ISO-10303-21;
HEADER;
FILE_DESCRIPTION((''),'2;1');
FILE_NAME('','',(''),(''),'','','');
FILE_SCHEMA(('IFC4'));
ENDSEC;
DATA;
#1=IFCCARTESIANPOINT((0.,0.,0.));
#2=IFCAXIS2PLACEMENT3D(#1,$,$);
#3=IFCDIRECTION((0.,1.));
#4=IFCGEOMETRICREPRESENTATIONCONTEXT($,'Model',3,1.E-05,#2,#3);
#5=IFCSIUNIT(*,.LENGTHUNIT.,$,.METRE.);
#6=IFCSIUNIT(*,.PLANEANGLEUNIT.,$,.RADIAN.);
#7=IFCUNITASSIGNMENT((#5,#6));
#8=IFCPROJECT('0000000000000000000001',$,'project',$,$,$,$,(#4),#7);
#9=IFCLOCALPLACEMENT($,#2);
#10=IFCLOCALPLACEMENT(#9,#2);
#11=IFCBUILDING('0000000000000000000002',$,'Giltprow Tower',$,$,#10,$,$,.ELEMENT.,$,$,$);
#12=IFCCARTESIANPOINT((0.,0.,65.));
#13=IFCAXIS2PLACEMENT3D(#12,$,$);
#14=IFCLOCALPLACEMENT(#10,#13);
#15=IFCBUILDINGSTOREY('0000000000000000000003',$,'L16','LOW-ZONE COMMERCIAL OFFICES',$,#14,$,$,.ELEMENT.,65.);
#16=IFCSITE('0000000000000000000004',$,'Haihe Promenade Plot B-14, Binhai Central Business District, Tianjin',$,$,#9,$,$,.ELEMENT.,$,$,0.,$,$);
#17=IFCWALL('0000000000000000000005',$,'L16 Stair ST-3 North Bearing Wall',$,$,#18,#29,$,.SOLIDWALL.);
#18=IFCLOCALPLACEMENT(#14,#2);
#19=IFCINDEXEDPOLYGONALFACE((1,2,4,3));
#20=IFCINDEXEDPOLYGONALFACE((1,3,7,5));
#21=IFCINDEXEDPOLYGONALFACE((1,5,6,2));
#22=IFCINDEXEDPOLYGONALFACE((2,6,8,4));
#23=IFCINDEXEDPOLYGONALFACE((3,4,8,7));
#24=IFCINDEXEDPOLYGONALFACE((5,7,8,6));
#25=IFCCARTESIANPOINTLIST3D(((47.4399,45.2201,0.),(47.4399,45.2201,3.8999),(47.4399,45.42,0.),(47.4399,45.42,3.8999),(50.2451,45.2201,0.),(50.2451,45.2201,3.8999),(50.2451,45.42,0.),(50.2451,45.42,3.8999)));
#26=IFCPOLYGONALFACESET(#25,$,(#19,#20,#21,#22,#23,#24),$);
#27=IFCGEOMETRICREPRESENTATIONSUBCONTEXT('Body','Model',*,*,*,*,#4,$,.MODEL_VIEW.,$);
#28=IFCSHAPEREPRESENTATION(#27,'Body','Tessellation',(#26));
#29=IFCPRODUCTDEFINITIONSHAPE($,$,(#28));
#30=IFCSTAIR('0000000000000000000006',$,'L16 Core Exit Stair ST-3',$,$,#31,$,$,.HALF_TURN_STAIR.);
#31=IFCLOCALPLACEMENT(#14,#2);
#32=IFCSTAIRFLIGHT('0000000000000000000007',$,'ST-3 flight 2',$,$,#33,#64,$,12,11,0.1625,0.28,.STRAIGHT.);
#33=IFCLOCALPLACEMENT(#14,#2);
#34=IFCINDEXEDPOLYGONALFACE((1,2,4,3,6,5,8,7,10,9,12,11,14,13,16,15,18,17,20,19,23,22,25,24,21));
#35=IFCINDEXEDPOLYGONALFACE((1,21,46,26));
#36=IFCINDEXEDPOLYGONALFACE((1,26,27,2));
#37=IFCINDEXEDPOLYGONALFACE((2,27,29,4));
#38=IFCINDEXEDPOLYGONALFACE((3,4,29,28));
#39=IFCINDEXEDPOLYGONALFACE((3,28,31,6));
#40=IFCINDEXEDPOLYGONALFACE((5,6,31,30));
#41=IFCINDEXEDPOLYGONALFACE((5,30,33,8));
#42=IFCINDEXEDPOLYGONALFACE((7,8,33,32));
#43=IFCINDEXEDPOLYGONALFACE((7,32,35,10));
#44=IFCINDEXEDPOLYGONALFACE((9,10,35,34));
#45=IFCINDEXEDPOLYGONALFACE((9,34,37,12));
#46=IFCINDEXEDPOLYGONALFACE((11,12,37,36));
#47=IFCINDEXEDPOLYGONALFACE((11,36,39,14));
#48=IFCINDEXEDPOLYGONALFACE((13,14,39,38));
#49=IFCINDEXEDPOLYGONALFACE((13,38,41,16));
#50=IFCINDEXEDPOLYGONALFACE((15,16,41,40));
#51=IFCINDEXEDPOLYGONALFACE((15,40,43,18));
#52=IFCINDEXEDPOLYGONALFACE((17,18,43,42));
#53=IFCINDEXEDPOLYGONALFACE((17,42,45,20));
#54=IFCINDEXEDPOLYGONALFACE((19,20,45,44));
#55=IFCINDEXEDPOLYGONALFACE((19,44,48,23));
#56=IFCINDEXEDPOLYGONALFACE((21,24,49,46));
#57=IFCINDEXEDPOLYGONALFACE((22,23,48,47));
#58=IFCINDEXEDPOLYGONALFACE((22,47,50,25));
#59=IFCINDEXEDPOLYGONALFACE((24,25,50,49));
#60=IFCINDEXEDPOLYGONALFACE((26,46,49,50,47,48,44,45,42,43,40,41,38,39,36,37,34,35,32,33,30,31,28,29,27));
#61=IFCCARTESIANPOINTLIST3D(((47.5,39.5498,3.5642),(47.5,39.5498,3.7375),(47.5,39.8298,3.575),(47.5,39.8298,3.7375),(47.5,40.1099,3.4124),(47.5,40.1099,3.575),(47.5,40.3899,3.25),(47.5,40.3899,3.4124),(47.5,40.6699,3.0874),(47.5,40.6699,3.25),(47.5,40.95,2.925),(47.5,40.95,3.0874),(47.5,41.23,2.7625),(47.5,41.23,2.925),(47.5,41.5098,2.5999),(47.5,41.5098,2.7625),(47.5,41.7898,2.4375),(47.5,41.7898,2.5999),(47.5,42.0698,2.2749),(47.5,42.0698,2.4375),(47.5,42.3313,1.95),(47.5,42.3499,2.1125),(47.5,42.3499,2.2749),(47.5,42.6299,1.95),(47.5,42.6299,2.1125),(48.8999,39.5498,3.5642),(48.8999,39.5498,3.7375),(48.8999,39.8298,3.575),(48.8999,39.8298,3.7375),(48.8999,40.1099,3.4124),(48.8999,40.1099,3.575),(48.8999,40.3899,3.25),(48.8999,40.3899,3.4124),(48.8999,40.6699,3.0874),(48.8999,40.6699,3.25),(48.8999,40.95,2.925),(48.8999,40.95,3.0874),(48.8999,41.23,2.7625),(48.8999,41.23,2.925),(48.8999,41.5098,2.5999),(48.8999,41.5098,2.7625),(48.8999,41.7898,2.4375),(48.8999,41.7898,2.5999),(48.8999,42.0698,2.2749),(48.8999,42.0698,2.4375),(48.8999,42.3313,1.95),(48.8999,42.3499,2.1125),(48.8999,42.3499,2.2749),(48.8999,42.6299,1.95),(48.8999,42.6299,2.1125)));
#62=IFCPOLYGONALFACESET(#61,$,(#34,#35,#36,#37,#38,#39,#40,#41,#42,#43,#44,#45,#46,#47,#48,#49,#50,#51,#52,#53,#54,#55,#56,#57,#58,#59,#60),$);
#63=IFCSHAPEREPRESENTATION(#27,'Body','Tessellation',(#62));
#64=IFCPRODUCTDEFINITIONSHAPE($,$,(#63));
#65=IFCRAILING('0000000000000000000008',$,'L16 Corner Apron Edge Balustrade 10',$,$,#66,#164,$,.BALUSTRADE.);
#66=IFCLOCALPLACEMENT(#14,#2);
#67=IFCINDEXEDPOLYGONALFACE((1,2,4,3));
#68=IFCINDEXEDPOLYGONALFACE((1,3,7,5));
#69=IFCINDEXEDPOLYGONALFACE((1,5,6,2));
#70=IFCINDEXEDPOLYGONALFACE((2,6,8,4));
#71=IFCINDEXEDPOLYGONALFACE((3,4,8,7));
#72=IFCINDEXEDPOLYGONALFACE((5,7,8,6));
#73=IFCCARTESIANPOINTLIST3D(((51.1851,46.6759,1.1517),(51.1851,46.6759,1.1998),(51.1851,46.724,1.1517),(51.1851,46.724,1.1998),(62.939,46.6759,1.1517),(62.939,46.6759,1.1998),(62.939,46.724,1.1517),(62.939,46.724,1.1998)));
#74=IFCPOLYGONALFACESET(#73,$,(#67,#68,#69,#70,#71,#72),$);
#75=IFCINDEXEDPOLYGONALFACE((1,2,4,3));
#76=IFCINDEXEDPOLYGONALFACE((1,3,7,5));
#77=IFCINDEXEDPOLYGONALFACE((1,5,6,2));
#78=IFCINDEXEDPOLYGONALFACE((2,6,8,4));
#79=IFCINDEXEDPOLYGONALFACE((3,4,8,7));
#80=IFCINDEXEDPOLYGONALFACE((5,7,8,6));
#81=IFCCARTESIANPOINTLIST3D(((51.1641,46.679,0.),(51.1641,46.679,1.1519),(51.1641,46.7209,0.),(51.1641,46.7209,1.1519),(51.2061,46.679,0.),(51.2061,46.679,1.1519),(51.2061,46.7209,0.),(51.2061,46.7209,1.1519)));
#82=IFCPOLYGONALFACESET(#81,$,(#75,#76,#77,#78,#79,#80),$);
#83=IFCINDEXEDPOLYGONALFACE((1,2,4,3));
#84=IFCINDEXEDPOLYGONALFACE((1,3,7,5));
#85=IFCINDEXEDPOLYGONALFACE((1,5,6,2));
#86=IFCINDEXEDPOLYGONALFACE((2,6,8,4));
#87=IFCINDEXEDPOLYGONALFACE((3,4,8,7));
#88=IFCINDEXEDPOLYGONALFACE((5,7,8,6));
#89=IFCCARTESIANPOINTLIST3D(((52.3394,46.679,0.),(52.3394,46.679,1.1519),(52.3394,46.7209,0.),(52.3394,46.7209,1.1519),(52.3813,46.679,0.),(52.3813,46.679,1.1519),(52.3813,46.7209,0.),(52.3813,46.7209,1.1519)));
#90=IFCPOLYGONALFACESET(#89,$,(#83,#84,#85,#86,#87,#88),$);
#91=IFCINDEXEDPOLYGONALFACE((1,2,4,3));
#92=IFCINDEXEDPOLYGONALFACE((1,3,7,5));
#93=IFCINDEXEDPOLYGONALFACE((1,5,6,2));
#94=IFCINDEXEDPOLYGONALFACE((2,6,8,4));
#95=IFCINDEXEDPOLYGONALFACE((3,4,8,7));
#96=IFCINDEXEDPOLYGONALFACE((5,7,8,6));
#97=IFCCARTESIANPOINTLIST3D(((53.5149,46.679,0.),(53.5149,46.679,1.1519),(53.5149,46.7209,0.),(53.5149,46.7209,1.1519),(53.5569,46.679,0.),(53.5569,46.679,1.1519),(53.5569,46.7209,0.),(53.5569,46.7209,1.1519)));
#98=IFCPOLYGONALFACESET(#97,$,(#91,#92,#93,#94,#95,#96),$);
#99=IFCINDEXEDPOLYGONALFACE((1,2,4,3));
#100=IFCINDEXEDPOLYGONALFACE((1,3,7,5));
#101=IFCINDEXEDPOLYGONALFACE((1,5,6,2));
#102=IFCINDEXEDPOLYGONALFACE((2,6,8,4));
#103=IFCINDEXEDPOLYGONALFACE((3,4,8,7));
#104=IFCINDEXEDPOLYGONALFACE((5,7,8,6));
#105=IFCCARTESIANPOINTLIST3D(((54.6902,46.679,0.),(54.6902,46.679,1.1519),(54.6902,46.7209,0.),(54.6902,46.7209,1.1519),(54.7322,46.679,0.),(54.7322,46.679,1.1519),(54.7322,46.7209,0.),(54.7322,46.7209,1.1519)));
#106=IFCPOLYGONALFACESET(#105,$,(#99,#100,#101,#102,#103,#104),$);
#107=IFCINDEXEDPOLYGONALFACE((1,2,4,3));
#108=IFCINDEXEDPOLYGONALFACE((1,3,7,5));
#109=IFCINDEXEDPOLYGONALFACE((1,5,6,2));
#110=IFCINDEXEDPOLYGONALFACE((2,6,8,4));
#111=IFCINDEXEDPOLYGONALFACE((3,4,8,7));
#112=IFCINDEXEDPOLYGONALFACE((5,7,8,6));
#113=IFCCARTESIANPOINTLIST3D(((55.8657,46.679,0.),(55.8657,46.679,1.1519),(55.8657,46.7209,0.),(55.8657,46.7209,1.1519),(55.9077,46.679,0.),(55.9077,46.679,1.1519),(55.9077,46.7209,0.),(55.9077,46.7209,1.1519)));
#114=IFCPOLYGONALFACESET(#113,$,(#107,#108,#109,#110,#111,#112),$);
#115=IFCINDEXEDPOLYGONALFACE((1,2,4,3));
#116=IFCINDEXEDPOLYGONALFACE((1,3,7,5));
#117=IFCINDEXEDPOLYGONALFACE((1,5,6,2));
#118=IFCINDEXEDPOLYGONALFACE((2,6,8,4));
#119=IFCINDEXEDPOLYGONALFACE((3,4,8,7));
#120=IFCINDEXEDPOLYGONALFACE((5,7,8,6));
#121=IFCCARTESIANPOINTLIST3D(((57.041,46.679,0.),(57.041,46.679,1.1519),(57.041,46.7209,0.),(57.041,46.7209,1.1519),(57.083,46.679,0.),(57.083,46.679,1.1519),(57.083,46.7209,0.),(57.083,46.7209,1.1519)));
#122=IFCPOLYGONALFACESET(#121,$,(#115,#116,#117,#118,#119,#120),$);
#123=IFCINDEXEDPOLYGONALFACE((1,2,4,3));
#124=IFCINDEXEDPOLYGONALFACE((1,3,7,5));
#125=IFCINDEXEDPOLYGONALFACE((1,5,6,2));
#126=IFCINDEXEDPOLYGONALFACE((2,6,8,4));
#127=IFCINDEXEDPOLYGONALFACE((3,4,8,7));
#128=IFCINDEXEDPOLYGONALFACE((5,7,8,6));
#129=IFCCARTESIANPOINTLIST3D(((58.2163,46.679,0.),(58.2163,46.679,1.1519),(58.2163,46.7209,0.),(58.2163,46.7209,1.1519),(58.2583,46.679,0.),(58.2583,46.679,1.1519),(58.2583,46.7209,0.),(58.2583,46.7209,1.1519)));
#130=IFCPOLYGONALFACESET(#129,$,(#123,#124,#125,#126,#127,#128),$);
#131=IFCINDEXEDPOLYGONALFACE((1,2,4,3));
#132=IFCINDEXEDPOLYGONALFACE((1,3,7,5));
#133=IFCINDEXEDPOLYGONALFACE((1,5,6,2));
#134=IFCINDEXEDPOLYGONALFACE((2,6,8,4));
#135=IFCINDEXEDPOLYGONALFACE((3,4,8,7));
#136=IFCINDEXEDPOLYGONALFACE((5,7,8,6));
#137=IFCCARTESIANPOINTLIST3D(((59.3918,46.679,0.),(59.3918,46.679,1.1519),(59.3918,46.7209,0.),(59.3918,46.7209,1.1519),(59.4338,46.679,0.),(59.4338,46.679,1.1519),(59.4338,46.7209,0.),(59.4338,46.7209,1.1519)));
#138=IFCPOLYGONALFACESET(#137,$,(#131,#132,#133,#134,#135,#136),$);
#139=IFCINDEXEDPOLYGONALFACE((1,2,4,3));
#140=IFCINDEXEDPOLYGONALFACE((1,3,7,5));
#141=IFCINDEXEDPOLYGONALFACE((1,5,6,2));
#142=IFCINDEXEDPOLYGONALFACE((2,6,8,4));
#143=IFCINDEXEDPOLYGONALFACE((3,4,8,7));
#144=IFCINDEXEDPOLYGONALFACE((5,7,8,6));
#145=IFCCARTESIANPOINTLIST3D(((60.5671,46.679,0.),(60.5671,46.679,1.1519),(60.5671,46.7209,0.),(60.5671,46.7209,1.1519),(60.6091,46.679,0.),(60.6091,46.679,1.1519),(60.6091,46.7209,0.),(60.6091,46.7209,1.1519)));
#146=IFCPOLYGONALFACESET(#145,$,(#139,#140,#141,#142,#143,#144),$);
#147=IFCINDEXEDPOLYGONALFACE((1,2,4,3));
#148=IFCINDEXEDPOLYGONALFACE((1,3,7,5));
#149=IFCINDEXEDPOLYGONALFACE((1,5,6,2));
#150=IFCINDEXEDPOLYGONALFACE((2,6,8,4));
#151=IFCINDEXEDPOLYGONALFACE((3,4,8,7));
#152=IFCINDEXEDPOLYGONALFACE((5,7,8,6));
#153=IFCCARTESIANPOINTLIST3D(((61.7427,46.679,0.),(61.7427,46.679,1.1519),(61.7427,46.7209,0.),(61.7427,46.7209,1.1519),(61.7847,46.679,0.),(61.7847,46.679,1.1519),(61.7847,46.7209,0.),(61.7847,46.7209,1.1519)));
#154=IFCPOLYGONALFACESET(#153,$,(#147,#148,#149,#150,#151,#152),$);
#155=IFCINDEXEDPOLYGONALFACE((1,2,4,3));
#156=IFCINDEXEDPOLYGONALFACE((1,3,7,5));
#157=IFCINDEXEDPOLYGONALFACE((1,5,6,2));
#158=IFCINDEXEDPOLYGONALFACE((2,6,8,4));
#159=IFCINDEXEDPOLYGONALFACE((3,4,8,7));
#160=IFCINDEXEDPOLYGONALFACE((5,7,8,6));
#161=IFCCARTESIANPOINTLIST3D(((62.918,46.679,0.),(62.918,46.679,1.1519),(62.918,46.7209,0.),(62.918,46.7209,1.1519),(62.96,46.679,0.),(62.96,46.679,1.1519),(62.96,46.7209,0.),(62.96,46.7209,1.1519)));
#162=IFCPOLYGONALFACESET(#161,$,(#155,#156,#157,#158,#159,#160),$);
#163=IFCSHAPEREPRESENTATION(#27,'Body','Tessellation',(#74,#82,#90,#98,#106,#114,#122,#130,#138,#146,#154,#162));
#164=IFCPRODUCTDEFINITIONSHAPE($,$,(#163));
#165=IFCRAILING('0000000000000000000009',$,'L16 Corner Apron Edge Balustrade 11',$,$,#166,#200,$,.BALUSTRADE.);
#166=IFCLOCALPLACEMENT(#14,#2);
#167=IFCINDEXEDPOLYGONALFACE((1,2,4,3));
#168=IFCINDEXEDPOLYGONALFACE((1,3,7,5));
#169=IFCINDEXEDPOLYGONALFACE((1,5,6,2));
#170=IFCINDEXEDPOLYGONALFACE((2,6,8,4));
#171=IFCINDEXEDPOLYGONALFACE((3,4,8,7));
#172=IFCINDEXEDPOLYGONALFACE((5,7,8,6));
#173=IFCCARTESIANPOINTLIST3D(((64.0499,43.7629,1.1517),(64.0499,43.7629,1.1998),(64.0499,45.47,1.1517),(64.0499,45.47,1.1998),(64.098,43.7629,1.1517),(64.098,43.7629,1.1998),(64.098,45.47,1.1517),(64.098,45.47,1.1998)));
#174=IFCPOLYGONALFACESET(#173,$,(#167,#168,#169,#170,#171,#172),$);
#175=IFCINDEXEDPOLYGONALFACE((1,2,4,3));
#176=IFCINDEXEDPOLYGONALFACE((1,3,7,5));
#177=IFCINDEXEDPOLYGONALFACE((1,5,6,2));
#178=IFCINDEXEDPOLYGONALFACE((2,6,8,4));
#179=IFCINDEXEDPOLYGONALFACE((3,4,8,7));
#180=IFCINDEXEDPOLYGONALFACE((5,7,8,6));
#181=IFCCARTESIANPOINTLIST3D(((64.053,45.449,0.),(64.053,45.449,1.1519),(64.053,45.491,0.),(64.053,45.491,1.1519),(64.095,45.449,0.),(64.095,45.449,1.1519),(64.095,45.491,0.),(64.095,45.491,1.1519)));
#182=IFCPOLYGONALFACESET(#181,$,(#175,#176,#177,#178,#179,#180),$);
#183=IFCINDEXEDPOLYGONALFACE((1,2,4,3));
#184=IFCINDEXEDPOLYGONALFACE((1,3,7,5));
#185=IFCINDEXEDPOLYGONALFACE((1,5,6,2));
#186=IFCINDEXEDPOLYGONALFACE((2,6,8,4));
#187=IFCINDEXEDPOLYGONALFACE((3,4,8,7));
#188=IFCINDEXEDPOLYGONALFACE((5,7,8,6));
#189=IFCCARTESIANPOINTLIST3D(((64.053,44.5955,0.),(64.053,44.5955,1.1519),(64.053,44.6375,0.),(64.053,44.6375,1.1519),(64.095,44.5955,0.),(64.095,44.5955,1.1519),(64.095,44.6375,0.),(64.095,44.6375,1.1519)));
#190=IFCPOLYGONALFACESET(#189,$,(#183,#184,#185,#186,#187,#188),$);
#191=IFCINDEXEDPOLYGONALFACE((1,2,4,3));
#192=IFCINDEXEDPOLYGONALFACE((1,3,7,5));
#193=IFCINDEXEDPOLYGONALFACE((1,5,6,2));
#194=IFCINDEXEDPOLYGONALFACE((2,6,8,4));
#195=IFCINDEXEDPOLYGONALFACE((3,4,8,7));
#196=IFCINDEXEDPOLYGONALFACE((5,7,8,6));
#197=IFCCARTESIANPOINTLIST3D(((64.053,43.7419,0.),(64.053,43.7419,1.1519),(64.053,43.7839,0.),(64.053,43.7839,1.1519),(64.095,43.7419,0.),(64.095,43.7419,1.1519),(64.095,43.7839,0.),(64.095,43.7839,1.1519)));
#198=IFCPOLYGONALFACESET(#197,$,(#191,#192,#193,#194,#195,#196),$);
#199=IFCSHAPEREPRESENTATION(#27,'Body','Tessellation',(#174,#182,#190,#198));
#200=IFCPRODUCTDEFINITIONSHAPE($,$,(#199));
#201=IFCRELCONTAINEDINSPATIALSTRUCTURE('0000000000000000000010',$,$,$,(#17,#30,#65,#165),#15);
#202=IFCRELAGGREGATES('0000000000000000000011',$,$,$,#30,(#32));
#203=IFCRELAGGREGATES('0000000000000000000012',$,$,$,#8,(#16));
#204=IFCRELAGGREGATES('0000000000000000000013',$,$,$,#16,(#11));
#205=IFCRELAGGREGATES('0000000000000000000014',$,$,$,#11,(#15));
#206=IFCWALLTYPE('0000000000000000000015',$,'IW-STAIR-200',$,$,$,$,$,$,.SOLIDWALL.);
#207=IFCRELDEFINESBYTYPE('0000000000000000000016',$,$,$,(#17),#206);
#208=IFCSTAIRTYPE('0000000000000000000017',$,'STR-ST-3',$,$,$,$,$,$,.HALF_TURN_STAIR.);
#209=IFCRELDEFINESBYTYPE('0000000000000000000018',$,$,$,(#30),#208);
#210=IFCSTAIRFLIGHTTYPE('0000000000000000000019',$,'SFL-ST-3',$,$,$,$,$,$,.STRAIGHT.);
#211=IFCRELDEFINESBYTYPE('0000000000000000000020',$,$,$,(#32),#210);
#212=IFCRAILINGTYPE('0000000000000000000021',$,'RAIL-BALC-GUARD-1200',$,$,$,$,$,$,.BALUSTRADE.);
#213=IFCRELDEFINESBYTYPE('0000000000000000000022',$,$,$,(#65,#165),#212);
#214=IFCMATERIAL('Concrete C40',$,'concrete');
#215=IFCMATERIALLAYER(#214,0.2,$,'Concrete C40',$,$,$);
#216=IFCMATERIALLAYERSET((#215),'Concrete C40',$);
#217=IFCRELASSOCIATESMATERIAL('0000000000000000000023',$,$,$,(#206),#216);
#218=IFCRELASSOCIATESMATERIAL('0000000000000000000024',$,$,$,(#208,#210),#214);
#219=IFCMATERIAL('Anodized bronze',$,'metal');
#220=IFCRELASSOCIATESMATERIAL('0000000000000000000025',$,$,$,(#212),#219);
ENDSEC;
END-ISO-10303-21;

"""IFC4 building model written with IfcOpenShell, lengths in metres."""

from ifc_helpers import new_model, si_unit, direction, frame, frame_2d, origin, origin_2d, place, context, subcontext, project, spatial, polyline, rectangle, outline, extrude, material, layer, layer_set, type_object, element, aggregate, save


model = new_model("IFC4")

# Units and contexts
model_context = context("Model", 3, precision=1e-05, world=origin(), true_north=direction((0.0, 1.0)))
body_context = subcontext(model_context, "Body", "Model", "MODEL_VIEW")
ifc_project = project(units=[si_unit("LENGTHUNIT", "METRE"), si_unit("PLANEANGLEUNIT", "RADIAN")], contexts=[model_context])

# Site, building, storey
site_placement = place(None, origin())
site = spatial("IfcSite", under=ifc_project, at=site_placement, Name="Haihe Promenade Plot B-14, Binhai Central Business District, Tianjin", CompositionType="ELEMENT", RefElevation=0.0)
building_placement = place(site_placement, origin())
building = spatial("IfcBuilding", under=site, at=building_placement, Name="Giltprow Tower", CompositionType="ELEMENT")
storey_placement = place(building_placement, frame((0.0, 0.0, 65.0)))
storey = spatial("IfcBuildingStorey", under=building, at=storey_placement, Name="L16", Description="LOW-ZONE COMMERCIAL OFFICES", CompositionType="ELEMENT", Elevation=65.0)

# Wall
ifc_material_1 = material(Name="Concrete C40", Category="concrete")
ifc_layer_1 = layer(ifc_material_1, 0.2, Name="Concrete C40")
ifc_layer_set_1 = layer_set([ifc_layer_1], Name="Concrete C40")
wall_type_1 = type_object("IfcWallType", Name="IW-STAIR-200", PredefinedType="SOLIDWALL", material=ifc_layer_set_1)
wall_1_placement = place(storey_placement, frame((47.4399, 45.3201, 0.0), z_axis=(0.0, 0.0, 1.0), x_axis=(1.0, 0.0, 0.0)))
element("IfcWall", 1, at=wall_1_placement, inside=storey, type_object=wall_type_1, Name="L16 Stair ST-3 North Bearing Wall", PredefinedType="SOLIDWALL", context=body_context, shape_type="SweptSolid", body=[
    extrude(rectangle(XDim=2.8052, YDim=0.2, at=frame_2d((1.4026, 0.0))), origin(), (0.0, 0.0, 1.0), 3.8999),
])

# Stair, stair flight
stair_type = type_object("IfcStairType", Name="STR-ST-3", PredefinedType="HALF_TURN_STAIR", material=ifc_material_1)
stair_placement = place(storey_placement, origin())
stair = element("IfcStair", 2, at=stair_placement, inside=storey, type_object=stair_type, Name="L16 Core Exit Stair ST-3", PredefinedType="HALF_TURN_STAIR")
stair_flight_type = type_object("IfcStairFlightType", Name="SFL-ST-3", PredefinedType="STRAIGHT", material=ifc_material_1)
stair_flight_placement = place(storey_placement, frame((48.2, 42.6299, 1.95), z_axis=(0.0, 0.0, 1.0), x_axis=(0.0, -1.0, 0.0)))
stair_flight = element("IfcStairFlight", 3, at=stair_flight_placement, type_object=stair_flight_type, Name="ST-3 flight 2", NumberOfRisers=12, NumberOfTreads=11, PredefinedType="STRAIGHT", RiserHeight=0.1625, TreadLength=0.28, context=body_context, shape_type="SweptSolid", body=[
    extrude(outline(polyline([(0.0, 0.0), (0.0, 0.1626), (0.28, 0.1626), (0.28, 0.325), (0.5601, 0.325), (0.5601, 0.4875), (0.8401, 0.4875), (0.8401, 0.6499), (1.1201, 0.6499), (1.1201, 0.8125), (1.3999, 0.8125), (1.3999, 0.9751), (1.6799, 0.9751), (1.6799, 1.1375), (1.96, 1.1375), (1.96, 1.3), (2.24, 1.3), (2.24, 1.4624), (2.52, 1.4624), (2.52, 1.625), (2.8, 1.625), (2.8, 1.7876), (3.0801, 1.7876), (3.0801, 1.95), (3.0801, 1.6143), (0.2986, 0.0), (0.0, 0.0)])), frame((0.0, 0.7, 0.0), z_axis=(0.0, -1.0, 0.0), x_axis=(1.0, 0.0, 0.0)), (0.0, 0.0, 1.0), 1.3999),
])
aggregate(stair, [stair_flight])

# Railings
ifc_material_2 = material(Name="Anodized bronze", Category="metal")
railing_type_1 = type_object("IfcRailingType", Name="RAIL-BALC-GUARD-1200", PredefinedType="BALUSTRADE", material=ifc_material_2)
railing_1_placement = place(storey_placement, frame((51.1851, 46.7, 0.0)))
element("IfcRailing", 4, at=railing_1_placement, inside=storey, type_object=railing_type_1, Name="L16 Corner Apron Edge Balustrade 10", PredefinedType="BALUSTRADE", context=body_context, shape_type="SweptSolid", body=[
    extrude(rectangle(XDim=0.0481, YDim=0.0481, at=origin_2d()), frame((0.0, 0.0, 1.1758), z_axis=(1.0, 0.0, 0.0), x_axis=(0.0, 1.0, 0.0)), (0.0, 0.0, 1.0), 11.7539),
    extrude(rectangle(XDim=0.042, YDim=0.042, at=origin_2d()), origin(), (0.0, 0.0, 1.0), 1.1519),
    extrude(rectangle(XDim=0.042, YDim=0.042, at=origin_2d()), frame((1.1753, 0.0, 0.0)), (0.0, 0.0, 1.0), 1.1519),
    extrude(rectangle(XDim=0.042, YDim=0.042, at=origin_2d()), frame((2.3508, 0.0, 0.0)), (0.0, 0.0, 1.0), 1.1519),
    extrude(rectangle(XDim=0.042, YDim=0.042, at=origin_2d()), frame((3.5261, 0.0, 0.0)), (0.0, 0.0, 1.0), 1.1519),
    extrude(rectangle(XDim=0.042, YDim=0.042, at=origin_2d()), frame((4.7017, 0.0, 0.0)), (0.0, 0.0, 1.0), 1.1519),
    extrude(rectangle(XDim=0.042, YDim=0.042, at=origin_2d()), frame((5.877, 0.0, 0.0)), (0.0, 0.0, 1.0), 1.1519),
    extrude(rectangle(XDim=0.042, YDim=0.042, at=origin_2d()), frame((7.0522, 0.0, 0.0)), (0.0, 0.0, 1.0), 1.1519),
    extrude(rectangle(XDim=0.042, YDim=0.042, at=origin_2d()), frame((8.2278, 0.0, 0.0)), (0.0, 0.0, 1.0), 1.1519),
    extrude(rectangle(XDim=0.042, YDim=0.042, at=origin_2d()), frame((9.4031, 0.0, 0.0)), (0.0, 0.0, 1.0), 1.1519),
    extrude(rectangle(XDim=0.042, YDim=0.042, at=origin_2d()), frame((10.5786, 0.0, 0.0)), (0.0, 0.0, 1.0), 1.1519),
    extrude(rectangle(XDim=0.042, YDim=0.042, at=origin_2d()), frame((11.7539, 0.0, 0.0)), (0.0, 0.0, 1.0), 1.1519),
])
railing_2_placement = place(storey_placement, frame((64.074, 45.47, 0.0)))
element("IfcRailing", 5, at=railing_2_placement, inside=storey, type_object=railing_type_1, Name="L16 Corner Apron Edge Balustrade 11", PredefinedType="BALUSTRADE", context=body_context, shape_type="SweptSolid", body=[
    extrude(rectangle(XDim=0.0481, YDim=0.0481, at=origin_2d()), frame((0.0, 0.0, 1.1758), z_axis=(0.0, -1.0, 0.0), x_axis=(1.0, 0.0, 0.0)), (0.0, 0.0, 1.0), 1.707),
    extrude(rectangle(XDim=0.042, YDim=0.042, at=origin_2d()), origin(), (0.0, 0.0, 1.0), 1.1519),
    extrude(rectangle(XDim=0.042, YDim=0.042, at=origin_2d()), frame((0.0, -0.8535, 0.0)), (0.0, 0.0, 1.0), 1.1519),
    extrude(rectangle(XDim=0.042, YDim=0.042, at=origin_2d()), frame((0.0, -1.707, 0.0)), (0.0, 0.0, 1.0), 1.1519),
])

save(model, "model.ifc")
